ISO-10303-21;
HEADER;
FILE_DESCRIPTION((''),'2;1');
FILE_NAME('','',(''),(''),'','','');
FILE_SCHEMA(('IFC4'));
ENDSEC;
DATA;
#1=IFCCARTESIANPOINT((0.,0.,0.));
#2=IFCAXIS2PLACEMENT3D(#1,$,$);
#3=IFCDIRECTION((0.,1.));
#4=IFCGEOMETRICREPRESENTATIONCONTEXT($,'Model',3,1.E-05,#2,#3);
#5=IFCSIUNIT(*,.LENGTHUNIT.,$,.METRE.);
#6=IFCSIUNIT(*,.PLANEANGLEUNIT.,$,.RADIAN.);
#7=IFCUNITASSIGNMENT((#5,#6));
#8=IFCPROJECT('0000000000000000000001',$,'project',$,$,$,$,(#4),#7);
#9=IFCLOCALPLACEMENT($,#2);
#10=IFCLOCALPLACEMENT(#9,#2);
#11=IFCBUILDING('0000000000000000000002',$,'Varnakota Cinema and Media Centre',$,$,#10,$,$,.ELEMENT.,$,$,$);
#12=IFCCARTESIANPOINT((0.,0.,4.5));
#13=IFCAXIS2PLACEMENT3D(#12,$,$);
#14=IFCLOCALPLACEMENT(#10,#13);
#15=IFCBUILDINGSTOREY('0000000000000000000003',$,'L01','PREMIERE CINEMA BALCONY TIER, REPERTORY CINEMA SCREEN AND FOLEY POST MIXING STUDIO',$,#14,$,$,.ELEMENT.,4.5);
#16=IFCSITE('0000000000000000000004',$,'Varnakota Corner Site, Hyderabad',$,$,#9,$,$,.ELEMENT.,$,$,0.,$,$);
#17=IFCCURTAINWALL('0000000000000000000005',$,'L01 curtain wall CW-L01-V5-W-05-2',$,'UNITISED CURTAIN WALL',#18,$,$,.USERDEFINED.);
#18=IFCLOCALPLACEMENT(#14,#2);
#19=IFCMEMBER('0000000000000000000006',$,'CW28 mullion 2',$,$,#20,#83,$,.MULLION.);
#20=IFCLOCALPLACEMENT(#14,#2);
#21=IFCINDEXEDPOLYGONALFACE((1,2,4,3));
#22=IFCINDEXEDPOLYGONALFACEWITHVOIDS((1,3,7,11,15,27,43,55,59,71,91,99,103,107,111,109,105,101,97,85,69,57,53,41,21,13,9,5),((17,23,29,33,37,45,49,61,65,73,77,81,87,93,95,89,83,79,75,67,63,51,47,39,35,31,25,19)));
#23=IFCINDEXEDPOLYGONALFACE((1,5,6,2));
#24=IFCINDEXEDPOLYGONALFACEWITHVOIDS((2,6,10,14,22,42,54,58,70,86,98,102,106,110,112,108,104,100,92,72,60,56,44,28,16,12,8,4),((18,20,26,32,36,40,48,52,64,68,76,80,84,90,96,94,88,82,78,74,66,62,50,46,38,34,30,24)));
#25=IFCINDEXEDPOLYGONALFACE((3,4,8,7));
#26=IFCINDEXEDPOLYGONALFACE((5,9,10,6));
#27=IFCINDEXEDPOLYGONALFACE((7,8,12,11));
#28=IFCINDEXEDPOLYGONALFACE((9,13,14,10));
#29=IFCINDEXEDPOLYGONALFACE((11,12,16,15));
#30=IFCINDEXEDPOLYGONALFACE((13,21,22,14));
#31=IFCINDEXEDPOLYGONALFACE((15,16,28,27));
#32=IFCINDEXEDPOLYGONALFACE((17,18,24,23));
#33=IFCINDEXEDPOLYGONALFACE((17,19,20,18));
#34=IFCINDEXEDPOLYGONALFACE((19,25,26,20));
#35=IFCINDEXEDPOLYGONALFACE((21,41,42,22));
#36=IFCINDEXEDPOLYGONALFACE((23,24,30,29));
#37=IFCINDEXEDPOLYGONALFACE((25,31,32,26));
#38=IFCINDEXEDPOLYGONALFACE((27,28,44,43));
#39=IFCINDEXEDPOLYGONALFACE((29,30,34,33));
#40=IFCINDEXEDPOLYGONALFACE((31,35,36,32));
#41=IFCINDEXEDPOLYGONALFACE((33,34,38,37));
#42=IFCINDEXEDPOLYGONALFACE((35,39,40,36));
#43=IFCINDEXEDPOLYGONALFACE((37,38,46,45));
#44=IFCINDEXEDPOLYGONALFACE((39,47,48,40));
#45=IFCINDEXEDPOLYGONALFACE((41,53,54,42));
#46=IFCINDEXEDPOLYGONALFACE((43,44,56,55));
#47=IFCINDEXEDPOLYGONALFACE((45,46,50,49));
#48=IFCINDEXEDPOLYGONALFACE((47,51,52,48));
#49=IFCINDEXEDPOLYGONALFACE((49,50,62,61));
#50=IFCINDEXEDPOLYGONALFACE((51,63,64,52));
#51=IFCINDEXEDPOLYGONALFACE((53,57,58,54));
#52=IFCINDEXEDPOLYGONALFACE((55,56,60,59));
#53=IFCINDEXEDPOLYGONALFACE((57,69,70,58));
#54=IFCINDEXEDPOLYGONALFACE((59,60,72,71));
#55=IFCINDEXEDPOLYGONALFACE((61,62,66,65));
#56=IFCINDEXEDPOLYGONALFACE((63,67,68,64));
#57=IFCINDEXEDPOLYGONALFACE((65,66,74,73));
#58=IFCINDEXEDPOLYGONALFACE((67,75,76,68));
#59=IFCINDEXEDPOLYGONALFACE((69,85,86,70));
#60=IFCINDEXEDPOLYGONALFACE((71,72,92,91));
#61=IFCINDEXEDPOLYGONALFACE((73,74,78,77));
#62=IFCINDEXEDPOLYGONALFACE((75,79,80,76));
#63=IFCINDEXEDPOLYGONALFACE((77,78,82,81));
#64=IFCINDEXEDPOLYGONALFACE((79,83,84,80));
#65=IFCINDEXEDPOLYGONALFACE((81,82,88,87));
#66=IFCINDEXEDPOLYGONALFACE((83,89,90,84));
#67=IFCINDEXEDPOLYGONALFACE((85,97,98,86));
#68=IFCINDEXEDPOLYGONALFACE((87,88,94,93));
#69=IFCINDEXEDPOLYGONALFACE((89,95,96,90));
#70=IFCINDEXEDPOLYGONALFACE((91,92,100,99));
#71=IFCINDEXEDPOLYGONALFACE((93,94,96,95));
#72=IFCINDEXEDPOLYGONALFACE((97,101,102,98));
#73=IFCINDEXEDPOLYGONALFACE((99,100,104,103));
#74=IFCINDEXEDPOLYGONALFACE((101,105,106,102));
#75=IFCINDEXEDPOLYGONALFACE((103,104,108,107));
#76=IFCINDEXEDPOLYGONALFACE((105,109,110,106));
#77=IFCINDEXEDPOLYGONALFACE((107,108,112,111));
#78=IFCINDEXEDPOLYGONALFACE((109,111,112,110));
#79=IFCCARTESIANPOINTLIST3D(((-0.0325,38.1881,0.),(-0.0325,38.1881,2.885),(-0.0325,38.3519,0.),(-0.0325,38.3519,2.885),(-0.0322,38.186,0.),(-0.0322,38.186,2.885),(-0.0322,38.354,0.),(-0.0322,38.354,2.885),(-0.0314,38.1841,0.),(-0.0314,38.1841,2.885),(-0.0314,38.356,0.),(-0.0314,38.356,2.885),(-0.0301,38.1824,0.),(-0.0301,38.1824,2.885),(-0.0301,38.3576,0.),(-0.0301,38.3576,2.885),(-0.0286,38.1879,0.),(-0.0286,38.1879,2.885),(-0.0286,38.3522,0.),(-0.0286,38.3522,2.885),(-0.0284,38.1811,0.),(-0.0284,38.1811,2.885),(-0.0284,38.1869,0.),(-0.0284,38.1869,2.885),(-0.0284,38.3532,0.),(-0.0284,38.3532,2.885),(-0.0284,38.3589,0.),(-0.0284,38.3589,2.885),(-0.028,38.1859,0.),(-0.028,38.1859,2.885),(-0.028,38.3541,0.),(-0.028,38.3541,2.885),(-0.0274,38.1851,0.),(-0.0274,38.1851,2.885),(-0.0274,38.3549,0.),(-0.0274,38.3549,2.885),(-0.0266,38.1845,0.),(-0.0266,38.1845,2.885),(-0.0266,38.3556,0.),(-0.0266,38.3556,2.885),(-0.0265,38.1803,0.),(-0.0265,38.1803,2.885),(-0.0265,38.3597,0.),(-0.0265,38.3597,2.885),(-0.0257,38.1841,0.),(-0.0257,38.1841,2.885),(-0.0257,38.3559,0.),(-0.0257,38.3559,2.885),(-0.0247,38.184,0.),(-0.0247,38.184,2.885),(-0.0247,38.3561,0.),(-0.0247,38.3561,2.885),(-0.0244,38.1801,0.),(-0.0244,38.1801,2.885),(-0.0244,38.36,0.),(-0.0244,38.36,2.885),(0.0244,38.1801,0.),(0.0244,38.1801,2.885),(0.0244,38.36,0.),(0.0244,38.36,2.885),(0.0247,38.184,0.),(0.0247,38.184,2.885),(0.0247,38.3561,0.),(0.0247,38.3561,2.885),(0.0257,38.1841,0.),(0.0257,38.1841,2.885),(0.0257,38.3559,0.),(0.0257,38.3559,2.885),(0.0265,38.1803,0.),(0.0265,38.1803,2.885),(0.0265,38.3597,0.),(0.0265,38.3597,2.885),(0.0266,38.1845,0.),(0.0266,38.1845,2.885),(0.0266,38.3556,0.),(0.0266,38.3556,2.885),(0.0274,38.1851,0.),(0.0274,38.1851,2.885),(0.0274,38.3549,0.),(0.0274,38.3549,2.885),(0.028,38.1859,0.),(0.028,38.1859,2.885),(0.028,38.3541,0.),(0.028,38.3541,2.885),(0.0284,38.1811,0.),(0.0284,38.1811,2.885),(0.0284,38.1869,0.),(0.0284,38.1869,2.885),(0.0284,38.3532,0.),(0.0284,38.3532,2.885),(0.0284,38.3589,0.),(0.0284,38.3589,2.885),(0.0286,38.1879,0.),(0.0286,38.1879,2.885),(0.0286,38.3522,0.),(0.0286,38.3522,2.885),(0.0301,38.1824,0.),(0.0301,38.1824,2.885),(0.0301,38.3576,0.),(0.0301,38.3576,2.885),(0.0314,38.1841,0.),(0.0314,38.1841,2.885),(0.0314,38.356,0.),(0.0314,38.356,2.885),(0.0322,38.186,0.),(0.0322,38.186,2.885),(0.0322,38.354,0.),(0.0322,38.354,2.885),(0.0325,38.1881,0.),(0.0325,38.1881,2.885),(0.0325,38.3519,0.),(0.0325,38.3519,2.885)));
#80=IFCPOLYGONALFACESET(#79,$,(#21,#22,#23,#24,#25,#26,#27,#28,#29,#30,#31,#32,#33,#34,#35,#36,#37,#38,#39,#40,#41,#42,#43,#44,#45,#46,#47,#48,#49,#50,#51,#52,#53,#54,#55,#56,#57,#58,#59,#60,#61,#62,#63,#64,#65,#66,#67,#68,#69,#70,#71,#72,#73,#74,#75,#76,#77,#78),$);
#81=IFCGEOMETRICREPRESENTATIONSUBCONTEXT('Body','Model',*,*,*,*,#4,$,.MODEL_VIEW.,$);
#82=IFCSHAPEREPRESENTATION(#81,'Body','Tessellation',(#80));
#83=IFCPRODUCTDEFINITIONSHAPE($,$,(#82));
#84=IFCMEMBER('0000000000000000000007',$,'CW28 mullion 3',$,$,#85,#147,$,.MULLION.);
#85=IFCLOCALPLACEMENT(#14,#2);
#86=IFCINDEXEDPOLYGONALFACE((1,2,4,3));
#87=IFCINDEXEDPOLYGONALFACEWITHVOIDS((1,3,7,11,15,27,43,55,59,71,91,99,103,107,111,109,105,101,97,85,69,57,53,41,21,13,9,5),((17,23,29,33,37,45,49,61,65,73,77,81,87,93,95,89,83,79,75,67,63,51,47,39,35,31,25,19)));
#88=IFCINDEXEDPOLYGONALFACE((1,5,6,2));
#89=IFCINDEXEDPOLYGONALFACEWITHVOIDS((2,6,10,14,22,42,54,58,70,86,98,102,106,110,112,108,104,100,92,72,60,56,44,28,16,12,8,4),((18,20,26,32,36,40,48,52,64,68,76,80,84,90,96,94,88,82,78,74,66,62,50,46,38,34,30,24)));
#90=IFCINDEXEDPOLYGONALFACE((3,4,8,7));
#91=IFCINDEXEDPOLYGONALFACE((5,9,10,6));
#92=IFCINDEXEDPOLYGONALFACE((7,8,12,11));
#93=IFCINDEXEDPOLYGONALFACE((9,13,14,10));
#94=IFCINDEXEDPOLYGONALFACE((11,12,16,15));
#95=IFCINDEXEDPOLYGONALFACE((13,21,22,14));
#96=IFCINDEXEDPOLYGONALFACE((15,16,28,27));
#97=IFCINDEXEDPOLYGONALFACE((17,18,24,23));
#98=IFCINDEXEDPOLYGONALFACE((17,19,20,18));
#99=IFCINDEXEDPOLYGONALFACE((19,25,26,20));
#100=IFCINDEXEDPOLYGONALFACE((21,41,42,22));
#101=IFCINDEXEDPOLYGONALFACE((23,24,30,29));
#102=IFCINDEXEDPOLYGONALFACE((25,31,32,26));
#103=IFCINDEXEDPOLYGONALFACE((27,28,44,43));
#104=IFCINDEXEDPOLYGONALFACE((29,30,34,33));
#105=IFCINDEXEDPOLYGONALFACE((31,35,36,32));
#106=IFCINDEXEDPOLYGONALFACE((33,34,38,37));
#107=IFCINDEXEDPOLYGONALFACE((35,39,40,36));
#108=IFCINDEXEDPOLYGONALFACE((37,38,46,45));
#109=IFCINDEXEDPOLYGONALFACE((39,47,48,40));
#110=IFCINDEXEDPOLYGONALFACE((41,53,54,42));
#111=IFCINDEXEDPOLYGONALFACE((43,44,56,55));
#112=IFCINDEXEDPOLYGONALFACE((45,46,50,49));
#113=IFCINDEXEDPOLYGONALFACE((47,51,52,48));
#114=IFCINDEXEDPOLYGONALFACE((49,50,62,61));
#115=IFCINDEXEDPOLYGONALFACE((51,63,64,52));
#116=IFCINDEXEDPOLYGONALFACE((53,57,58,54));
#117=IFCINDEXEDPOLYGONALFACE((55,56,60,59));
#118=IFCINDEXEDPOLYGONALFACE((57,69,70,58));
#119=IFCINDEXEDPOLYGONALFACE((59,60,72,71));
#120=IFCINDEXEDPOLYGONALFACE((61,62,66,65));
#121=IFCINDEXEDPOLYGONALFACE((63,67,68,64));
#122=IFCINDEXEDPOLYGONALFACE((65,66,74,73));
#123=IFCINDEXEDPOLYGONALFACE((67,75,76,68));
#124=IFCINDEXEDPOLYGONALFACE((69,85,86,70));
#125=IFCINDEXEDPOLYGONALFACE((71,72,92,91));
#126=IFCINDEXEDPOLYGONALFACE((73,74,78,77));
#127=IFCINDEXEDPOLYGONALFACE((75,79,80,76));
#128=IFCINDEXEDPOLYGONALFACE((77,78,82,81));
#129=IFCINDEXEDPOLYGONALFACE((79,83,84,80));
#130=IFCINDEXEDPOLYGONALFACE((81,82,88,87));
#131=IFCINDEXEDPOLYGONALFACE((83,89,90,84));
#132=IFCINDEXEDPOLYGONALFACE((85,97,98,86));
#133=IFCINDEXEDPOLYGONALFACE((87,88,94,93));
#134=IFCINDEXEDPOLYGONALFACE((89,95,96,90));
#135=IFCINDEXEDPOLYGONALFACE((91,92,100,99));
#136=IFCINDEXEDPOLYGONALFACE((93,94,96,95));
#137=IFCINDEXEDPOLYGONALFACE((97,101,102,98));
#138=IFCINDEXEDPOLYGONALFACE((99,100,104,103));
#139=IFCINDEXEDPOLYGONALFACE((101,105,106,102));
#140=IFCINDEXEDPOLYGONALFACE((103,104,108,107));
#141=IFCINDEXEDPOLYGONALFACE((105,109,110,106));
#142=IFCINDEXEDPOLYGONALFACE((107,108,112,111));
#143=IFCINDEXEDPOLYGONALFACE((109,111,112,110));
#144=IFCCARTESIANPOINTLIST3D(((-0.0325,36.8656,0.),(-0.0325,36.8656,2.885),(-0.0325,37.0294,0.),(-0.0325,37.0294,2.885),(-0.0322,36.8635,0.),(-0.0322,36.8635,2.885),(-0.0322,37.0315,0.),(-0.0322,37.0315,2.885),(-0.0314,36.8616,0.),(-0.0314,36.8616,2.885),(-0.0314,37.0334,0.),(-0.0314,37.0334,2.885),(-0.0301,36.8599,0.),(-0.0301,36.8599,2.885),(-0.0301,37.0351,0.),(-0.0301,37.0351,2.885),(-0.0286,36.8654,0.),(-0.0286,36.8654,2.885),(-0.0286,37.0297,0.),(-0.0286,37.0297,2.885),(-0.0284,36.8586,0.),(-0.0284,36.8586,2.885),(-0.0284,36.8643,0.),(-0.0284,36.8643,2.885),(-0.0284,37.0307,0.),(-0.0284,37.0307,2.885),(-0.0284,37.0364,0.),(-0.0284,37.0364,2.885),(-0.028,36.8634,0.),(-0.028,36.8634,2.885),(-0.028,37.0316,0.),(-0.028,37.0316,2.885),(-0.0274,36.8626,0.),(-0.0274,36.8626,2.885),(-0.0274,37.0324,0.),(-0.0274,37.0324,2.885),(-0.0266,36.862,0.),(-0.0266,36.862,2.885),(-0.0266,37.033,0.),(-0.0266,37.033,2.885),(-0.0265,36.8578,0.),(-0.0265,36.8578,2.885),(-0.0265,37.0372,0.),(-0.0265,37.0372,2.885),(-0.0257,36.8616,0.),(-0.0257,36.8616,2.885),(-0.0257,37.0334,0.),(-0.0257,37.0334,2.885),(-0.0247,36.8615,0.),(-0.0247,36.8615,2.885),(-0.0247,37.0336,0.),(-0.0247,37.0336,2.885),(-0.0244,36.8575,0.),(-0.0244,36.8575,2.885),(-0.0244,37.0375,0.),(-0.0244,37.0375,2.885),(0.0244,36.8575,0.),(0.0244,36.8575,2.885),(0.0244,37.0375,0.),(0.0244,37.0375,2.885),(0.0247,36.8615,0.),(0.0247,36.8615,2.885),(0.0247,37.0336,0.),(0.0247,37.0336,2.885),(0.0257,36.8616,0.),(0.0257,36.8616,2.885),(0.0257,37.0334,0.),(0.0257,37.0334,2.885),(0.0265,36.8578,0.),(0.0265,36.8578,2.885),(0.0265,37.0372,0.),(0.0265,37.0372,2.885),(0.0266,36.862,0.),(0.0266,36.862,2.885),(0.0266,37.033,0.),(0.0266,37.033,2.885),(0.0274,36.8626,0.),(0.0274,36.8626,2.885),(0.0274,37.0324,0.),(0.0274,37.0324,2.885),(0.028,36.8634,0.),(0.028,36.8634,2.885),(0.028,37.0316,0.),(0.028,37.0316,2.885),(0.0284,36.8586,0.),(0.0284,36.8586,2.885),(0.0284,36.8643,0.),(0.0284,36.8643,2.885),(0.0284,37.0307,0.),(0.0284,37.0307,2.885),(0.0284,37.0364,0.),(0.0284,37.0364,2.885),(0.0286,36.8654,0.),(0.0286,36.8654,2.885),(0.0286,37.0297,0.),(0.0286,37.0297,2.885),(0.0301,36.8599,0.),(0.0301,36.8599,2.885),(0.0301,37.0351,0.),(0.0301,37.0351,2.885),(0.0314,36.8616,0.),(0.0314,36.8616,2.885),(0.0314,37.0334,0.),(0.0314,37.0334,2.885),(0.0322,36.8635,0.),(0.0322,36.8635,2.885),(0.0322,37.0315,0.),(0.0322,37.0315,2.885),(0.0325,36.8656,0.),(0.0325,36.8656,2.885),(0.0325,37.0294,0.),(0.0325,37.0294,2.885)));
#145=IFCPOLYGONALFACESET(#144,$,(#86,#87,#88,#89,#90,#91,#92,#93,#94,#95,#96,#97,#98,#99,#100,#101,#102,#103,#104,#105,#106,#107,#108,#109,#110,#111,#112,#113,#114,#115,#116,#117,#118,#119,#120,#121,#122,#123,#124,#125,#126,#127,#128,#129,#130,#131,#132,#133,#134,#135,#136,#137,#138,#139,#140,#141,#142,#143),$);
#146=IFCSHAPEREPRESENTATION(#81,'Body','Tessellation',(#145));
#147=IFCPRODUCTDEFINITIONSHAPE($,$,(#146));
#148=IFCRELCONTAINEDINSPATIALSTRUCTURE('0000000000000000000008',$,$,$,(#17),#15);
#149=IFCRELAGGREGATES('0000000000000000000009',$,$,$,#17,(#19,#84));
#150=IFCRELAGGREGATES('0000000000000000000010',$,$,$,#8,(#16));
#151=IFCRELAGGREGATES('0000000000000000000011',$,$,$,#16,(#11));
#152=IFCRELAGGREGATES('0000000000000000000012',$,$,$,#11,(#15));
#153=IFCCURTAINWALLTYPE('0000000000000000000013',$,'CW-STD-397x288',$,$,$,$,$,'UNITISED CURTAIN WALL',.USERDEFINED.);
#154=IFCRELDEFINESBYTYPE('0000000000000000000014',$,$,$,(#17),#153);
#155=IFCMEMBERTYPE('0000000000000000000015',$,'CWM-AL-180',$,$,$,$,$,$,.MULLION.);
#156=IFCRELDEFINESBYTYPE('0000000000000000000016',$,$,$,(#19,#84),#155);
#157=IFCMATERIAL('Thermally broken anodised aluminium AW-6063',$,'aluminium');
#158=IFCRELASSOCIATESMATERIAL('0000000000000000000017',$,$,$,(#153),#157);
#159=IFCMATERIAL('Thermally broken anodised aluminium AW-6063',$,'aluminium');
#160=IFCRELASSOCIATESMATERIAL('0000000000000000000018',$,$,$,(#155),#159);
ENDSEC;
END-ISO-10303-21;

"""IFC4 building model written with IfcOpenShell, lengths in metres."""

from ifc_helpers import new_model, si_unit, direction, frame, origin, origin_2d, place, context, subcontext, project, spatial, hollow_rectangle, extrude, material, material_profile, profile_set, type_object, element, aggregate, save


model = new_model("IFC4")

# Units and contexts
model_context = context("Model", 3, precision=1e-05, world=origin(), true_north=direction((0.0, 1.0)))
body_context = subcontext(model_context, "Body", "Model", "MODEL_VIEW")
ifc_project = project(units=[si_unit("LENGTHUNIT", "METRE"), si_unit("PLANEANGLEUNIT", "RADIAN")], contexts=[model_context])

# Site, building, storey
site_placement = place(None, origin())
site = spatial("IfcSite", under=ifc_project, at=site_placement, Name="Varnakota Corner Site, Hyderabad", CompositionType="ELEMENT", RefElevation=0.0)
building_placement = place(site_placement, origin())
building = spatial("IfcBuilding", under=site, at=building_placement, Name="Varnakota Cinema and Media Centre", CompositionType="ELEMENT")
storey_placement = place(building_placement, frame((0.0, 0.0, 4.5)))
storey = spatial("IfcBuildingStorey", under=building, at=storey_placement, Name="L01", Description="PREMIERE CINEMA BALCONY TIER, REPERTORY CINEMA SCREEN AND FOLEY POST MIXING STUDIO", CompositionType="ELEMENT", Elevation=4.5)

# Shared definitions
ifc_material_1 = material(Name="Thermally broken anodised aluminium AW-6063", Category="aluminium")
curtain_wall_type = type_object("IfcCurtainWallType", Name="CW-STD-397x288", ElementType="UNITISED CURTAIN WALL", PredefinedType="USERDEFINED", material=ifc_material_1)
ifc_material_2 = material(Name="Thermally broken anodised aluminium AW-6063", Category="aluminium")
ifc_material_profile_1 = material_profile(ifc_material_2, hollow_rectangle(XDim=0.0649, YDim=0.1799, WallThickness=0.0039, InnerFilletRadius=0.0039, OuterFilletRadius=0.0081, at=origin_2d()), Name="AL-MULLION 180x65x4")
ifc_profile_set_1 = profile_set([ifc_material_profile_1], Name="Thermally broken anodised aluminium AW-6063")
member_type_1 = type_object("IfcMemberType", Name="CWM-AL-180", PredefinedType="MULLION", material=ifc_profile_set_1)

# Curtain wall, members
curtain_wall_1_placement = place(storey_placement, origin())
curtain_wall_1 = element("IfcCurtainWall", 1, at=curtain_wall_1_placement, inside=storey, type_object=curtain_wall_type, Name="L01 curtain wall CW-L01-V5-W-05-2", ObjectType="UNITISED CURTAIN WALL", PredefinedType="USERDEFINED")
member_1_placement = place(storey_placement, frame((0.0, 38.27, 0.0), z_axis=(0.0, 0.0, 1.0), x_axis=(1.0, 0.0, 0.0)))
member_1 = element("IfcMember", 2, at=member_1_placement, type_object=member_type_1, Name="CW28 mullion 2", PredefinedType="MULLION", context=body_context, shape_type="SweptSolid", body=[
    extrude(hollow_rectangle(XDim=0.0649, YDim=0.1799, WallThickness=0.0039, InnerFilletRadius=0.0039, OuterFilletRadius=0.0081, at=origin_2d()), origin(), (0.0, 0.0, 1.0), 2.885),
])
member_2_placement = place(storey_placement, frame((0.0, 36.9475, 0.0), z_axis=(0.0, 0.0, 1.0), x_axis=(1.0, 0.0, 0.0)))
member_2 = element("IfcMember", 3, at=member_2_placement, type_object=member_type_1, Name="CW28 mullion 3", PredefinedType="MULLION", context=body_context, shape_type="SweptSolid", body=[
    extrude(hollow_rectangle(XDim=0.0649, YDim=0.1799, WallThickness=0.0039, InnerFilletRadius=0.0039, OuterFilletRadius=0.0081, at=origin_2d()), origin(), (0.0, 0.0, 1.0), 2.885),
])

aggregate(curtain_wall_1, [member_1, member_2])

save(model, "model.ifc")
